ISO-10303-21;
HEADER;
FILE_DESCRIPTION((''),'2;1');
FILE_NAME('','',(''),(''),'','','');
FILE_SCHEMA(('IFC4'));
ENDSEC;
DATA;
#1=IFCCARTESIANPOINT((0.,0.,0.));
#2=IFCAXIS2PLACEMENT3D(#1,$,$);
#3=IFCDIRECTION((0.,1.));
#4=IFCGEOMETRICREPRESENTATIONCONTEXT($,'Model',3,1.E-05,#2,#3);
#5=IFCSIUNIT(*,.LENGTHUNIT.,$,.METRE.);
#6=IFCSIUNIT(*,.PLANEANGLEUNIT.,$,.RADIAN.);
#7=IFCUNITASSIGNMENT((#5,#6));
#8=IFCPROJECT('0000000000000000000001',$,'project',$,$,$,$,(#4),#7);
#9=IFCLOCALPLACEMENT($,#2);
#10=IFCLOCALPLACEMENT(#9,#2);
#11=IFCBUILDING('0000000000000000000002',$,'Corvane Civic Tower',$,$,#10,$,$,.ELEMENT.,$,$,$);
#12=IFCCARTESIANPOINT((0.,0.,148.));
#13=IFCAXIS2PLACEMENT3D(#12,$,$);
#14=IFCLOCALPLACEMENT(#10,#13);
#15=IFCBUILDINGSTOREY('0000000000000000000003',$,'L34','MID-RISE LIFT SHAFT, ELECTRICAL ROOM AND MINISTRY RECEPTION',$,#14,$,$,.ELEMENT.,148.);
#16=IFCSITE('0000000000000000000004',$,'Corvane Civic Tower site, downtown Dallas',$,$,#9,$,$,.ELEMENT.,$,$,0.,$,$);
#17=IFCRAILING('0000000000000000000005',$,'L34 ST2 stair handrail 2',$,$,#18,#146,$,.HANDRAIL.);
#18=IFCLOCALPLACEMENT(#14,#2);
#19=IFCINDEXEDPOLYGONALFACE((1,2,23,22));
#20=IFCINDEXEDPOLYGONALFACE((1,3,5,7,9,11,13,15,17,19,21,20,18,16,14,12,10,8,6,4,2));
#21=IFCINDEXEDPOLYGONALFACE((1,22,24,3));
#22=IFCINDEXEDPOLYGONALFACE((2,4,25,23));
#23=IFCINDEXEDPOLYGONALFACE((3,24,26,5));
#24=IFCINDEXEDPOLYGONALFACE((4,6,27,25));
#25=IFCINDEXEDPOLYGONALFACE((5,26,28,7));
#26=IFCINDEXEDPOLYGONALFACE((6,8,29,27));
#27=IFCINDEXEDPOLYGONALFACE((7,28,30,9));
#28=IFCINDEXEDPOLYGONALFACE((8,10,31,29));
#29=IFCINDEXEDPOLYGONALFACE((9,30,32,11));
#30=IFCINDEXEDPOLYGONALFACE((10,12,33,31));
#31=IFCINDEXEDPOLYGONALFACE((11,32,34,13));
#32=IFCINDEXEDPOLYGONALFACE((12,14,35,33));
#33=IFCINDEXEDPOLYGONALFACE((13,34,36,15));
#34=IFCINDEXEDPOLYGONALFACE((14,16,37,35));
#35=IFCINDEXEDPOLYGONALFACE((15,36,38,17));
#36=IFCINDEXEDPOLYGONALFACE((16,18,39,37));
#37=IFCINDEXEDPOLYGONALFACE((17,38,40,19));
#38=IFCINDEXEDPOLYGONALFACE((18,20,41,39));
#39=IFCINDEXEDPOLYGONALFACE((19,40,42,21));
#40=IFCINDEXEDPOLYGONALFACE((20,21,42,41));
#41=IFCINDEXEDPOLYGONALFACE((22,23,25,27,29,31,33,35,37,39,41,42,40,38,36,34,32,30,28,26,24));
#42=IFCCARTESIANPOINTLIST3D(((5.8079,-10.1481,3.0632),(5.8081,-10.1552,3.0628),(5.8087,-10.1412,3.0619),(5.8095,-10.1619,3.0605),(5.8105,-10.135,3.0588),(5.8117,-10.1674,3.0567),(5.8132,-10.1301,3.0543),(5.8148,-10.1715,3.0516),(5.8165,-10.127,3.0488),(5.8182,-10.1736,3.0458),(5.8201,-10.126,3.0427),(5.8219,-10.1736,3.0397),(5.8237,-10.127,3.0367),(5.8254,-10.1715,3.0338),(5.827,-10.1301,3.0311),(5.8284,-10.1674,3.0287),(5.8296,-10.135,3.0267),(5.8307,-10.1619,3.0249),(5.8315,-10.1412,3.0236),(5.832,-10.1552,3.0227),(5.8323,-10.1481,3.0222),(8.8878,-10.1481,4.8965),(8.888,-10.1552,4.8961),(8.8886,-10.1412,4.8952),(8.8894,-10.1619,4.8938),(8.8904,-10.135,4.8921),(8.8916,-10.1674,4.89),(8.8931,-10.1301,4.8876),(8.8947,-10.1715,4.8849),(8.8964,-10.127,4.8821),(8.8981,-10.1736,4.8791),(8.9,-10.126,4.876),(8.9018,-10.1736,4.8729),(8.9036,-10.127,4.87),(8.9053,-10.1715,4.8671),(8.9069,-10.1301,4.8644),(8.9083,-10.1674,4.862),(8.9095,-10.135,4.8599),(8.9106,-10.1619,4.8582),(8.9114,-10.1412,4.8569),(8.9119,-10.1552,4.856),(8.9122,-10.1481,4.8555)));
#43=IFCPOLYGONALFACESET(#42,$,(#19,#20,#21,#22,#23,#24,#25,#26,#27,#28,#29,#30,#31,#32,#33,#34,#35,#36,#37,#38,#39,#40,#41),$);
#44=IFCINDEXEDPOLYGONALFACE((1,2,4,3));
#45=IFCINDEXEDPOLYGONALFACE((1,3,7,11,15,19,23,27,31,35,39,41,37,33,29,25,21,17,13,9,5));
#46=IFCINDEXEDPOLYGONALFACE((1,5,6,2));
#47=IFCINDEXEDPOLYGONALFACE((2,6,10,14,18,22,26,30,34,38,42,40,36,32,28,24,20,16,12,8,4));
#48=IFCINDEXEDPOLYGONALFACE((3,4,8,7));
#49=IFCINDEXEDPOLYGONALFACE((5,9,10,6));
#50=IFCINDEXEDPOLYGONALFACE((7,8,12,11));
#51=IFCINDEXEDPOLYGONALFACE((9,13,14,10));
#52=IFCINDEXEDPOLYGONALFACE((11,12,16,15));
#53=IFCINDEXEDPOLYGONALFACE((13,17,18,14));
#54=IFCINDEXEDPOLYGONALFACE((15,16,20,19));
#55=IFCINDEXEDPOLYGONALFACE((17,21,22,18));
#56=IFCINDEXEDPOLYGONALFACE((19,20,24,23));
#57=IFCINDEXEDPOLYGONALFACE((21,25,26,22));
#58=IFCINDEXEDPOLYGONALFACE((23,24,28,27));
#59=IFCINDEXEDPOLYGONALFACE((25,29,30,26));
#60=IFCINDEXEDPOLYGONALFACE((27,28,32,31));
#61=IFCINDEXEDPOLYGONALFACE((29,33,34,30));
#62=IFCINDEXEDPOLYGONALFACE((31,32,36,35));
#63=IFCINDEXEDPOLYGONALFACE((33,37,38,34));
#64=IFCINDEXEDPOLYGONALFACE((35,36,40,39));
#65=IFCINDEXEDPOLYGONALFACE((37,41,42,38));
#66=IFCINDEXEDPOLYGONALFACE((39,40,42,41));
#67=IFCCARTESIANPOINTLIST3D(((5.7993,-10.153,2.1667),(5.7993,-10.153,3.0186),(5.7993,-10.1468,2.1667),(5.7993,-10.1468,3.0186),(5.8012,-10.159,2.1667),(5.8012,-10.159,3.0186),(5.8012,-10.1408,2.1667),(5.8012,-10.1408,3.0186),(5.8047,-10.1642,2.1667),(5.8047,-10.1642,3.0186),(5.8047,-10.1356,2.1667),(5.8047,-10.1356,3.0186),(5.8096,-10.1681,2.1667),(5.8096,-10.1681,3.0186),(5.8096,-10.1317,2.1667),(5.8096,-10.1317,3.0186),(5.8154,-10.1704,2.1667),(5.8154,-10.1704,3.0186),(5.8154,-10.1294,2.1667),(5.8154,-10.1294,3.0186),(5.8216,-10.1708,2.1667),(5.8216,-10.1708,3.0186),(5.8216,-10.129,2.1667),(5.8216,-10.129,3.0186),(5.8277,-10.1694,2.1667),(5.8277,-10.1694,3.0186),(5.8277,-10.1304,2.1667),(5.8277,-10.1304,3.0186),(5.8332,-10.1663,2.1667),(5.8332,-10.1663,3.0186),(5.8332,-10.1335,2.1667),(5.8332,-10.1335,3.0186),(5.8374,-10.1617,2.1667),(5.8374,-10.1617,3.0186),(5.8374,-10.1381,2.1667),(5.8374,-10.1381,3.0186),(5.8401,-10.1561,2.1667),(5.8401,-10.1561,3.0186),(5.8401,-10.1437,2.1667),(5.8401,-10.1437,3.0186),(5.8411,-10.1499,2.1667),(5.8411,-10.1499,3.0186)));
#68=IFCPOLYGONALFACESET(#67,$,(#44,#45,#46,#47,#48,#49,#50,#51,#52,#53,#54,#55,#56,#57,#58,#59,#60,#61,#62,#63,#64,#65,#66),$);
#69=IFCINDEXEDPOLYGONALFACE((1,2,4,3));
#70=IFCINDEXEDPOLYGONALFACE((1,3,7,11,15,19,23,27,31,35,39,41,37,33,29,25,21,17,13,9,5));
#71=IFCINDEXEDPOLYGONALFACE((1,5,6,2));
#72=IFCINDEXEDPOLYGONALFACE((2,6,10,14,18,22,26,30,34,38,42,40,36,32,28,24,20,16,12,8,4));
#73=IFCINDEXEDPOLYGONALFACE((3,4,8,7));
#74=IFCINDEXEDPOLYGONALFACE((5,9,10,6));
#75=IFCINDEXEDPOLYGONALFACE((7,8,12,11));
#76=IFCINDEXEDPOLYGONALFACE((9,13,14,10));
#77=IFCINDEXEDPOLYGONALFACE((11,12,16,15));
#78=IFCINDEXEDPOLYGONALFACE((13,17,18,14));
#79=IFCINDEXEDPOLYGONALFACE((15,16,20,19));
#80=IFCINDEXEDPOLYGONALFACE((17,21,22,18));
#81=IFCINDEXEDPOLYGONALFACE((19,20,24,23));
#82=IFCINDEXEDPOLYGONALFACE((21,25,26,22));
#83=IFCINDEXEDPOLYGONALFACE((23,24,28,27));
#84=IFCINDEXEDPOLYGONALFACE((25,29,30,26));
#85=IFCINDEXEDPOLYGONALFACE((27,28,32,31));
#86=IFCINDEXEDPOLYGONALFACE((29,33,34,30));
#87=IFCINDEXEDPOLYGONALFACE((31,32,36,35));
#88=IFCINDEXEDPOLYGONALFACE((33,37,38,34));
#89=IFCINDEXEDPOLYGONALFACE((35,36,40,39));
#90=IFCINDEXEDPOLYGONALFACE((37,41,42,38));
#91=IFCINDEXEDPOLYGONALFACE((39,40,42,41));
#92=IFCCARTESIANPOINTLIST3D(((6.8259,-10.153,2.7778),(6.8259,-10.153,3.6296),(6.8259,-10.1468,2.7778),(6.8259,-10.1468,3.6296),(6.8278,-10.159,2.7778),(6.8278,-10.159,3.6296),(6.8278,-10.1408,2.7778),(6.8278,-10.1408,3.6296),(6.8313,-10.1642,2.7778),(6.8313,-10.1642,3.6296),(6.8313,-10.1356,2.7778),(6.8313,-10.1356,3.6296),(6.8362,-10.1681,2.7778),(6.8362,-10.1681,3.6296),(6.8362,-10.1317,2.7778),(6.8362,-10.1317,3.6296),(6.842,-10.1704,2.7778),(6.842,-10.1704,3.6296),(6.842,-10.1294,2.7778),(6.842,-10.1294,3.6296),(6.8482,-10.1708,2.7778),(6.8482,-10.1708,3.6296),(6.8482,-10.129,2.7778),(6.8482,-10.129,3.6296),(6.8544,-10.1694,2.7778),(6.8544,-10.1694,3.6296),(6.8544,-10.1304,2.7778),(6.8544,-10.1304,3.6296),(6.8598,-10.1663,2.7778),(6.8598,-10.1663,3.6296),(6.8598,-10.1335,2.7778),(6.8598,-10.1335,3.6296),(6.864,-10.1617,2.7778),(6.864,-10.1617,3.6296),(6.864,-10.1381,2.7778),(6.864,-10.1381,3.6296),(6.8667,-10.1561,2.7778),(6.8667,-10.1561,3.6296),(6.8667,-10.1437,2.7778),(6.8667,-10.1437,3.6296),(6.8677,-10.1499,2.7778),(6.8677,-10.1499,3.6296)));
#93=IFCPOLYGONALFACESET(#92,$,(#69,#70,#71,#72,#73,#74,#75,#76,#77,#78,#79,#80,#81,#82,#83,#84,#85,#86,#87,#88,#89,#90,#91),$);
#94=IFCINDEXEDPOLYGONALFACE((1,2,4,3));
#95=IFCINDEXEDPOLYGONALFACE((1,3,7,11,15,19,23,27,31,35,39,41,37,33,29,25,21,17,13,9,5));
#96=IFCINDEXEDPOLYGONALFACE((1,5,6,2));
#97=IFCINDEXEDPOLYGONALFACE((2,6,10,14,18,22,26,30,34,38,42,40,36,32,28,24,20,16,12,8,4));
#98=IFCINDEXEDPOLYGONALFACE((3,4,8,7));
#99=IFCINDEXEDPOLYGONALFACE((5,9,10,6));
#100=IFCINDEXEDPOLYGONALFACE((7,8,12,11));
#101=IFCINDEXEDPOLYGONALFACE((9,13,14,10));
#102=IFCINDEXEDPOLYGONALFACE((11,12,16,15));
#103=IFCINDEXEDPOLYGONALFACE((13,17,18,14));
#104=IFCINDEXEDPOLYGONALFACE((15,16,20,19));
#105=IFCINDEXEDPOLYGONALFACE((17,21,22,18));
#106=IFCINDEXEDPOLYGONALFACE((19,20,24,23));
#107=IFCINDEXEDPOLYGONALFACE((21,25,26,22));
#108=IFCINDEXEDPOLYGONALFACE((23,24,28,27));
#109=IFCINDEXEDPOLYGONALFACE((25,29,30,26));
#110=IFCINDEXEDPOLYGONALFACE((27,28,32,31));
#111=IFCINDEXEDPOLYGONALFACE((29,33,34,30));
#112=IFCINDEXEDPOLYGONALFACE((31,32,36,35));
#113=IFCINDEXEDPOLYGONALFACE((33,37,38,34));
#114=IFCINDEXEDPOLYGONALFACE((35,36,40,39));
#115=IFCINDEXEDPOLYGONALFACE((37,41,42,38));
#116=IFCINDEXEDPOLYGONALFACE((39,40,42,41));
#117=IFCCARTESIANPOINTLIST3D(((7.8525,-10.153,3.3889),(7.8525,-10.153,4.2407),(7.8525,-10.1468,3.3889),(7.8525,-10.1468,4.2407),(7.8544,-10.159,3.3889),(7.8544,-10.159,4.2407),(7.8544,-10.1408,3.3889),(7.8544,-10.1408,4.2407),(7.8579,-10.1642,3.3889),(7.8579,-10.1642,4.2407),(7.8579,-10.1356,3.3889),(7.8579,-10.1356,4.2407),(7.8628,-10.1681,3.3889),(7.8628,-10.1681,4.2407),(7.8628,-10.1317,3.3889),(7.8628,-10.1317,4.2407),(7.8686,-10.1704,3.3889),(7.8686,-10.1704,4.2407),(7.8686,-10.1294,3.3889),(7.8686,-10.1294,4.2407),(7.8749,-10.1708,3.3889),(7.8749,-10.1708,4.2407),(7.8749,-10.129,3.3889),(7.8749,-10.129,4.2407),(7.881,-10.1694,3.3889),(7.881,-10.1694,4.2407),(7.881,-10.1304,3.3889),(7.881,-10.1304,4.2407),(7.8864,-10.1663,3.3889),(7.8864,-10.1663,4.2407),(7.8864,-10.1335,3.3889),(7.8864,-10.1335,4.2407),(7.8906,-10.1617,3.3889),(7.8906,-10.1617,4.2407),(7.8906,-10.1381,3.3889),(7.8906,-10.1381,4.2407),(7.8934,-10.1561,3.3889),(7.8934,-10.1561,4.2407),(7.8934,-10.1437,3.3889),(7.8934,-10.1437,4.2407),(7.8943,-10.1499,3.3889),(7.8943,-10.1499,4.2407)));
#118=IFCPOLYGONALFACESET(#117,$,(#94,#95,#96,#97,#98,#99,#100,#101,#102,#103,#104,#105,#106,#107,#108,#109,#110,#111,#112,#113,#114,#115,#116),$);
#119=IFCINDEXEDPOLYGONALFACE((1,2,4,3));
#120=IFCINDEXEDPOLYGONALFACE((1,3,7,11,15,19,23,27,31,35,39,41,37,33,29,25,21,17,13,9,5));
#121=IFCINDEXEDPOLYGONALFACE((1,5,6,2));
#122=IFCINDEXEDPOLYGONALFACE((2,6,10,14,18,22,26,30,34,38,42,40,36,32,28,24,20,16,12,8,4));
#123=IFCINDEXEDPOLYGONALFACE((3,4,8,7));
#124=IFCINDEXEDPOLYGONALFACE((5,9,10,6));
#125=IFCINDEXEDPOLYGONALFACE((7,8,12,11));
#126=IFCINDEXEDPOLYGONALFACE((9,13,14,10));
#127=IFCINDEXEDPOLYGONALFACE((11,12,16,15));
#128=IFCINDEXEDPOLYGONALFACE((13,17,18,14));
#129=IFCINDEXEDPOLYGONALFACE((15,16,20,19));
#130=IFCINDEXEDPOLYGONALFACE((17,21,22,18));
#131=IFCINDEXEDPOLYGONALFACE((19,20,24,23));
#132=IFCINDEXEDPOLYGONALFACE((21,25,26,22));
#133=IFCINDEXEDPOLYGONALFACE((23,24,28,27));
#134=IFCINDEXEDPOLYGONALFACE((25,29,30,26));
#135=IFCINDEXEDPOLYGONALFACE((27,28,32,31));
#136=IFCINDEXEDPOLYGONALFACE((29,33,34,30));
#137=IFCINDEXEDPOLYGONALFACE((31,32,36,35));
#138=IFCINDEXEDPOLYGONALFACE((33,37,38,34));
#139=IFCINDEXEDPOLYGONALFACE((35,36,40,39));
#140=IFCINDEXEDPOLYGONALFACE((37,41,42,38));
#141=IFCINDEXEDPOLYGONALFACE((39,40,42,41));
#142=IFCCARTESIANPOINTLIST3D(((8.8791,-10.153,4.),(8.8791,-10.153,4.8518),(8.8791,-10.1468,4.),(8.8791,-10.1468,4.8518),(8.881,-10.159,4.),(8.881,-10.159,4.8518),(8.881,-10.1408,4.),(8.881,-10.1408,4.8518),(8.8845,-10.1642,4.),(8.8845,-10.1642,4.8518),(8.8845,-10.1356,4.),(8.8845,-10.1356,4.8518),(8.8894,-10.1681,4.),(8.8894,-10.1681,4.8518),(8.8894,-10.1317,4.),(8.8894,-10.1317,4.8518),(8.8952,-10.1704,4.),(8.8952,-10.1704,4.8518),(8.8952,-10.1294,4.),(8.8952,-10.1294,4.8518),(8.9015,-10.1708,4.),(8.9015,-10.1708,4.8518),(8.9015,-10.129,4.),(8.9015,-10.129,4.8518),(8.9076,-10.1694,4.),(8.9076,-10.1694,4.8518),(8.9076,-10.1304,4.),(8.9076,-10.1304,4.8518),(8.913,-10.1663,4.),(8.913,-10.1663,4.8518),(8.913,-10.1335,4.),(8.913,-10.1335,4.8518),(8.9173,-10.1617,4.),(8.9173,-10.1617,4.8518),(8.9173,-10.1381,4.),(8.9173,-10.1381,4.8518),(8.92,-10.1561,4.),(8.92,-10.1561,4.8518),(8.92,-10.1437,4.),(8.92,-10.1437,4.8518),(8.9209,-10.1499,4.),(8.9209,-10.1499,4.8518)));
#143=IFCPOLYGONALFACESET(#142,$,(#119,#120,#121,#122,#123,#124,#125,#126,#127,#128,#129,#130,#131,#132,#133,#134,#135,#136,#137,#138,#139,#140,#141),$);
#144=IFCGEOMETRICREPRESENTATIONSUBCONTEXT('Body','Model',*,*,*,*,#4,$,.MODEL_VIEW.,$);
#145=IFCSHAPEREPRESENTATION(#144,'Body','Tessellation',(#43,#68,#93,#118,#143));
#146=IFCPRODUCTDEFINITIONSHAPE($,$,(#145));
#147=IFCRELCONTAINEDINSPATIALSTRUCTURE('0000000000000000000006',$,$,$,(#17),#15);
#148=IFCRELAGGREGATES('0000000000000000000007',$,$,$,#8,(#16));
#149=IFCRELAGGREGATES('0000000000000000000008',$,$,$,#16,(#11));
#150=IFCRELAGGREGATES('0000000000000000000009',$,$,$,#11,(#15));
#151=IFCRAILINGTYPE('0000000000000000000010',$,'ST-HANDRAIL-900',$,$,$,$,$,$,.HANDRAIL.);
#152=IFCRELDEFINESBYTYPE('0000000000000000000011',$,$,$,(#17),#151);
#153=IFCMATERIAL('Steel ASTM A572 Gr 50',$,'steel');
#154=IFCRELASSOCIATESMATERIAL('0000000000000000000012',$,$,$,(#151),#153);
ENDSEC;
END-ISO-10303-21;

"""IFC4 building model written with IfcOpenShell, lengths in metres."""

from ifc_helpers import new_model, si_unit, direction, frame, origin, origin_2d, place, context, subcontext, project, spatial, circle, extrude, material, type_object, element, save


model = new_model("IFC4")

# Units and contexts
model_context = context("Model", 3, precision=1e-05, world=origin(), true_north=direction((0.0, 1.0)))
body_context = subcontext(model_context, "Body", "Model", "MODEL_VIEW")
ifc_project = project(units=[si_unit("LENGTHUNIT", "METRE"), si_unit("PLANEANGLEUNIT", "RADIAN")], contexts=[model_context])

# Site, building, storey
site_placement = place(None, origin())
site = spatial("IfcSite", under=ifc_project, at=site_placement, Name="Corvane Civic Tower site, downtown Dallas", CompositionType="ELEMENT", RefElevation=0.0)
building_placement = place(site_placement, origin())
building = spatial("IfcBuilding", under=site, at=building_placement, Name="Corvane Civic Tower", CompositionType="ELEMENT")
storey_placement = place(building_placement, frame((0.0, 0.0, 148.0)))
storey = spatial("IfcBuildingStorey", under=building, at=storey_placement, Name="L34", Description="MID-RISE LIFT SHAFT, ELECTRICAL ROOM AND MINISTRY RECEPTION", CompositionType="ELEMENT", Elevation=148.0)

# Railing
ifc_material_1 = material(Name="Steel ASTM A572 Gr 50", Category="steel")
railing_type_1 = type_object("IfcRailingType", Name="ST-HANDRAIL-900", PredefinedType="HANDRAIL", material=ifc_material_1)
railing_1_placement = place(storey_placement, frame((5.8201, -10.1499, 2.1667)))
element("IfcRailing", 1, at=railing_1_placement, inside=storey, type_object=railing_type_1, Name="L34 ST2 stair handrail 2", PredefinedType="HANDRAIL", context=body_context, shape_type="SweptSolid", body=[
    extrude(circle(Radius=0.0239, at=origin_2d()), frame((0.0, 0.0, 0.876), z_axis=(0.859291, 0.0, 0.511487), x_axis=(0.0, 1.0, 0.0)), (0.0, 0.0, 1.0), 3.5842),
    extrude(circle(Radius=0.021, at=origin_2d()), origin(), (0.0, 0.0, 1.0), 0.8518),
    extrude(circle(Radius=0.021, at=origin_2d()), frame((1.0266, 0.0, 0.6111)), (0.0, 0.0, 1.0), 0.8518),
    extrude(circle(Radius=0.021, at=origin_2d()), frame((2.0532, 0.0, 1.2222)), (0.0, 0.0, 1.0), 0.8518),
    extrude(circle(Radius=0.021, at=origin_2d()), frame((3.0798, 0.0, 1.8333)), (0.0, 0.0, 1.0), 0.8518),
])

save(model, "model.ifc")
